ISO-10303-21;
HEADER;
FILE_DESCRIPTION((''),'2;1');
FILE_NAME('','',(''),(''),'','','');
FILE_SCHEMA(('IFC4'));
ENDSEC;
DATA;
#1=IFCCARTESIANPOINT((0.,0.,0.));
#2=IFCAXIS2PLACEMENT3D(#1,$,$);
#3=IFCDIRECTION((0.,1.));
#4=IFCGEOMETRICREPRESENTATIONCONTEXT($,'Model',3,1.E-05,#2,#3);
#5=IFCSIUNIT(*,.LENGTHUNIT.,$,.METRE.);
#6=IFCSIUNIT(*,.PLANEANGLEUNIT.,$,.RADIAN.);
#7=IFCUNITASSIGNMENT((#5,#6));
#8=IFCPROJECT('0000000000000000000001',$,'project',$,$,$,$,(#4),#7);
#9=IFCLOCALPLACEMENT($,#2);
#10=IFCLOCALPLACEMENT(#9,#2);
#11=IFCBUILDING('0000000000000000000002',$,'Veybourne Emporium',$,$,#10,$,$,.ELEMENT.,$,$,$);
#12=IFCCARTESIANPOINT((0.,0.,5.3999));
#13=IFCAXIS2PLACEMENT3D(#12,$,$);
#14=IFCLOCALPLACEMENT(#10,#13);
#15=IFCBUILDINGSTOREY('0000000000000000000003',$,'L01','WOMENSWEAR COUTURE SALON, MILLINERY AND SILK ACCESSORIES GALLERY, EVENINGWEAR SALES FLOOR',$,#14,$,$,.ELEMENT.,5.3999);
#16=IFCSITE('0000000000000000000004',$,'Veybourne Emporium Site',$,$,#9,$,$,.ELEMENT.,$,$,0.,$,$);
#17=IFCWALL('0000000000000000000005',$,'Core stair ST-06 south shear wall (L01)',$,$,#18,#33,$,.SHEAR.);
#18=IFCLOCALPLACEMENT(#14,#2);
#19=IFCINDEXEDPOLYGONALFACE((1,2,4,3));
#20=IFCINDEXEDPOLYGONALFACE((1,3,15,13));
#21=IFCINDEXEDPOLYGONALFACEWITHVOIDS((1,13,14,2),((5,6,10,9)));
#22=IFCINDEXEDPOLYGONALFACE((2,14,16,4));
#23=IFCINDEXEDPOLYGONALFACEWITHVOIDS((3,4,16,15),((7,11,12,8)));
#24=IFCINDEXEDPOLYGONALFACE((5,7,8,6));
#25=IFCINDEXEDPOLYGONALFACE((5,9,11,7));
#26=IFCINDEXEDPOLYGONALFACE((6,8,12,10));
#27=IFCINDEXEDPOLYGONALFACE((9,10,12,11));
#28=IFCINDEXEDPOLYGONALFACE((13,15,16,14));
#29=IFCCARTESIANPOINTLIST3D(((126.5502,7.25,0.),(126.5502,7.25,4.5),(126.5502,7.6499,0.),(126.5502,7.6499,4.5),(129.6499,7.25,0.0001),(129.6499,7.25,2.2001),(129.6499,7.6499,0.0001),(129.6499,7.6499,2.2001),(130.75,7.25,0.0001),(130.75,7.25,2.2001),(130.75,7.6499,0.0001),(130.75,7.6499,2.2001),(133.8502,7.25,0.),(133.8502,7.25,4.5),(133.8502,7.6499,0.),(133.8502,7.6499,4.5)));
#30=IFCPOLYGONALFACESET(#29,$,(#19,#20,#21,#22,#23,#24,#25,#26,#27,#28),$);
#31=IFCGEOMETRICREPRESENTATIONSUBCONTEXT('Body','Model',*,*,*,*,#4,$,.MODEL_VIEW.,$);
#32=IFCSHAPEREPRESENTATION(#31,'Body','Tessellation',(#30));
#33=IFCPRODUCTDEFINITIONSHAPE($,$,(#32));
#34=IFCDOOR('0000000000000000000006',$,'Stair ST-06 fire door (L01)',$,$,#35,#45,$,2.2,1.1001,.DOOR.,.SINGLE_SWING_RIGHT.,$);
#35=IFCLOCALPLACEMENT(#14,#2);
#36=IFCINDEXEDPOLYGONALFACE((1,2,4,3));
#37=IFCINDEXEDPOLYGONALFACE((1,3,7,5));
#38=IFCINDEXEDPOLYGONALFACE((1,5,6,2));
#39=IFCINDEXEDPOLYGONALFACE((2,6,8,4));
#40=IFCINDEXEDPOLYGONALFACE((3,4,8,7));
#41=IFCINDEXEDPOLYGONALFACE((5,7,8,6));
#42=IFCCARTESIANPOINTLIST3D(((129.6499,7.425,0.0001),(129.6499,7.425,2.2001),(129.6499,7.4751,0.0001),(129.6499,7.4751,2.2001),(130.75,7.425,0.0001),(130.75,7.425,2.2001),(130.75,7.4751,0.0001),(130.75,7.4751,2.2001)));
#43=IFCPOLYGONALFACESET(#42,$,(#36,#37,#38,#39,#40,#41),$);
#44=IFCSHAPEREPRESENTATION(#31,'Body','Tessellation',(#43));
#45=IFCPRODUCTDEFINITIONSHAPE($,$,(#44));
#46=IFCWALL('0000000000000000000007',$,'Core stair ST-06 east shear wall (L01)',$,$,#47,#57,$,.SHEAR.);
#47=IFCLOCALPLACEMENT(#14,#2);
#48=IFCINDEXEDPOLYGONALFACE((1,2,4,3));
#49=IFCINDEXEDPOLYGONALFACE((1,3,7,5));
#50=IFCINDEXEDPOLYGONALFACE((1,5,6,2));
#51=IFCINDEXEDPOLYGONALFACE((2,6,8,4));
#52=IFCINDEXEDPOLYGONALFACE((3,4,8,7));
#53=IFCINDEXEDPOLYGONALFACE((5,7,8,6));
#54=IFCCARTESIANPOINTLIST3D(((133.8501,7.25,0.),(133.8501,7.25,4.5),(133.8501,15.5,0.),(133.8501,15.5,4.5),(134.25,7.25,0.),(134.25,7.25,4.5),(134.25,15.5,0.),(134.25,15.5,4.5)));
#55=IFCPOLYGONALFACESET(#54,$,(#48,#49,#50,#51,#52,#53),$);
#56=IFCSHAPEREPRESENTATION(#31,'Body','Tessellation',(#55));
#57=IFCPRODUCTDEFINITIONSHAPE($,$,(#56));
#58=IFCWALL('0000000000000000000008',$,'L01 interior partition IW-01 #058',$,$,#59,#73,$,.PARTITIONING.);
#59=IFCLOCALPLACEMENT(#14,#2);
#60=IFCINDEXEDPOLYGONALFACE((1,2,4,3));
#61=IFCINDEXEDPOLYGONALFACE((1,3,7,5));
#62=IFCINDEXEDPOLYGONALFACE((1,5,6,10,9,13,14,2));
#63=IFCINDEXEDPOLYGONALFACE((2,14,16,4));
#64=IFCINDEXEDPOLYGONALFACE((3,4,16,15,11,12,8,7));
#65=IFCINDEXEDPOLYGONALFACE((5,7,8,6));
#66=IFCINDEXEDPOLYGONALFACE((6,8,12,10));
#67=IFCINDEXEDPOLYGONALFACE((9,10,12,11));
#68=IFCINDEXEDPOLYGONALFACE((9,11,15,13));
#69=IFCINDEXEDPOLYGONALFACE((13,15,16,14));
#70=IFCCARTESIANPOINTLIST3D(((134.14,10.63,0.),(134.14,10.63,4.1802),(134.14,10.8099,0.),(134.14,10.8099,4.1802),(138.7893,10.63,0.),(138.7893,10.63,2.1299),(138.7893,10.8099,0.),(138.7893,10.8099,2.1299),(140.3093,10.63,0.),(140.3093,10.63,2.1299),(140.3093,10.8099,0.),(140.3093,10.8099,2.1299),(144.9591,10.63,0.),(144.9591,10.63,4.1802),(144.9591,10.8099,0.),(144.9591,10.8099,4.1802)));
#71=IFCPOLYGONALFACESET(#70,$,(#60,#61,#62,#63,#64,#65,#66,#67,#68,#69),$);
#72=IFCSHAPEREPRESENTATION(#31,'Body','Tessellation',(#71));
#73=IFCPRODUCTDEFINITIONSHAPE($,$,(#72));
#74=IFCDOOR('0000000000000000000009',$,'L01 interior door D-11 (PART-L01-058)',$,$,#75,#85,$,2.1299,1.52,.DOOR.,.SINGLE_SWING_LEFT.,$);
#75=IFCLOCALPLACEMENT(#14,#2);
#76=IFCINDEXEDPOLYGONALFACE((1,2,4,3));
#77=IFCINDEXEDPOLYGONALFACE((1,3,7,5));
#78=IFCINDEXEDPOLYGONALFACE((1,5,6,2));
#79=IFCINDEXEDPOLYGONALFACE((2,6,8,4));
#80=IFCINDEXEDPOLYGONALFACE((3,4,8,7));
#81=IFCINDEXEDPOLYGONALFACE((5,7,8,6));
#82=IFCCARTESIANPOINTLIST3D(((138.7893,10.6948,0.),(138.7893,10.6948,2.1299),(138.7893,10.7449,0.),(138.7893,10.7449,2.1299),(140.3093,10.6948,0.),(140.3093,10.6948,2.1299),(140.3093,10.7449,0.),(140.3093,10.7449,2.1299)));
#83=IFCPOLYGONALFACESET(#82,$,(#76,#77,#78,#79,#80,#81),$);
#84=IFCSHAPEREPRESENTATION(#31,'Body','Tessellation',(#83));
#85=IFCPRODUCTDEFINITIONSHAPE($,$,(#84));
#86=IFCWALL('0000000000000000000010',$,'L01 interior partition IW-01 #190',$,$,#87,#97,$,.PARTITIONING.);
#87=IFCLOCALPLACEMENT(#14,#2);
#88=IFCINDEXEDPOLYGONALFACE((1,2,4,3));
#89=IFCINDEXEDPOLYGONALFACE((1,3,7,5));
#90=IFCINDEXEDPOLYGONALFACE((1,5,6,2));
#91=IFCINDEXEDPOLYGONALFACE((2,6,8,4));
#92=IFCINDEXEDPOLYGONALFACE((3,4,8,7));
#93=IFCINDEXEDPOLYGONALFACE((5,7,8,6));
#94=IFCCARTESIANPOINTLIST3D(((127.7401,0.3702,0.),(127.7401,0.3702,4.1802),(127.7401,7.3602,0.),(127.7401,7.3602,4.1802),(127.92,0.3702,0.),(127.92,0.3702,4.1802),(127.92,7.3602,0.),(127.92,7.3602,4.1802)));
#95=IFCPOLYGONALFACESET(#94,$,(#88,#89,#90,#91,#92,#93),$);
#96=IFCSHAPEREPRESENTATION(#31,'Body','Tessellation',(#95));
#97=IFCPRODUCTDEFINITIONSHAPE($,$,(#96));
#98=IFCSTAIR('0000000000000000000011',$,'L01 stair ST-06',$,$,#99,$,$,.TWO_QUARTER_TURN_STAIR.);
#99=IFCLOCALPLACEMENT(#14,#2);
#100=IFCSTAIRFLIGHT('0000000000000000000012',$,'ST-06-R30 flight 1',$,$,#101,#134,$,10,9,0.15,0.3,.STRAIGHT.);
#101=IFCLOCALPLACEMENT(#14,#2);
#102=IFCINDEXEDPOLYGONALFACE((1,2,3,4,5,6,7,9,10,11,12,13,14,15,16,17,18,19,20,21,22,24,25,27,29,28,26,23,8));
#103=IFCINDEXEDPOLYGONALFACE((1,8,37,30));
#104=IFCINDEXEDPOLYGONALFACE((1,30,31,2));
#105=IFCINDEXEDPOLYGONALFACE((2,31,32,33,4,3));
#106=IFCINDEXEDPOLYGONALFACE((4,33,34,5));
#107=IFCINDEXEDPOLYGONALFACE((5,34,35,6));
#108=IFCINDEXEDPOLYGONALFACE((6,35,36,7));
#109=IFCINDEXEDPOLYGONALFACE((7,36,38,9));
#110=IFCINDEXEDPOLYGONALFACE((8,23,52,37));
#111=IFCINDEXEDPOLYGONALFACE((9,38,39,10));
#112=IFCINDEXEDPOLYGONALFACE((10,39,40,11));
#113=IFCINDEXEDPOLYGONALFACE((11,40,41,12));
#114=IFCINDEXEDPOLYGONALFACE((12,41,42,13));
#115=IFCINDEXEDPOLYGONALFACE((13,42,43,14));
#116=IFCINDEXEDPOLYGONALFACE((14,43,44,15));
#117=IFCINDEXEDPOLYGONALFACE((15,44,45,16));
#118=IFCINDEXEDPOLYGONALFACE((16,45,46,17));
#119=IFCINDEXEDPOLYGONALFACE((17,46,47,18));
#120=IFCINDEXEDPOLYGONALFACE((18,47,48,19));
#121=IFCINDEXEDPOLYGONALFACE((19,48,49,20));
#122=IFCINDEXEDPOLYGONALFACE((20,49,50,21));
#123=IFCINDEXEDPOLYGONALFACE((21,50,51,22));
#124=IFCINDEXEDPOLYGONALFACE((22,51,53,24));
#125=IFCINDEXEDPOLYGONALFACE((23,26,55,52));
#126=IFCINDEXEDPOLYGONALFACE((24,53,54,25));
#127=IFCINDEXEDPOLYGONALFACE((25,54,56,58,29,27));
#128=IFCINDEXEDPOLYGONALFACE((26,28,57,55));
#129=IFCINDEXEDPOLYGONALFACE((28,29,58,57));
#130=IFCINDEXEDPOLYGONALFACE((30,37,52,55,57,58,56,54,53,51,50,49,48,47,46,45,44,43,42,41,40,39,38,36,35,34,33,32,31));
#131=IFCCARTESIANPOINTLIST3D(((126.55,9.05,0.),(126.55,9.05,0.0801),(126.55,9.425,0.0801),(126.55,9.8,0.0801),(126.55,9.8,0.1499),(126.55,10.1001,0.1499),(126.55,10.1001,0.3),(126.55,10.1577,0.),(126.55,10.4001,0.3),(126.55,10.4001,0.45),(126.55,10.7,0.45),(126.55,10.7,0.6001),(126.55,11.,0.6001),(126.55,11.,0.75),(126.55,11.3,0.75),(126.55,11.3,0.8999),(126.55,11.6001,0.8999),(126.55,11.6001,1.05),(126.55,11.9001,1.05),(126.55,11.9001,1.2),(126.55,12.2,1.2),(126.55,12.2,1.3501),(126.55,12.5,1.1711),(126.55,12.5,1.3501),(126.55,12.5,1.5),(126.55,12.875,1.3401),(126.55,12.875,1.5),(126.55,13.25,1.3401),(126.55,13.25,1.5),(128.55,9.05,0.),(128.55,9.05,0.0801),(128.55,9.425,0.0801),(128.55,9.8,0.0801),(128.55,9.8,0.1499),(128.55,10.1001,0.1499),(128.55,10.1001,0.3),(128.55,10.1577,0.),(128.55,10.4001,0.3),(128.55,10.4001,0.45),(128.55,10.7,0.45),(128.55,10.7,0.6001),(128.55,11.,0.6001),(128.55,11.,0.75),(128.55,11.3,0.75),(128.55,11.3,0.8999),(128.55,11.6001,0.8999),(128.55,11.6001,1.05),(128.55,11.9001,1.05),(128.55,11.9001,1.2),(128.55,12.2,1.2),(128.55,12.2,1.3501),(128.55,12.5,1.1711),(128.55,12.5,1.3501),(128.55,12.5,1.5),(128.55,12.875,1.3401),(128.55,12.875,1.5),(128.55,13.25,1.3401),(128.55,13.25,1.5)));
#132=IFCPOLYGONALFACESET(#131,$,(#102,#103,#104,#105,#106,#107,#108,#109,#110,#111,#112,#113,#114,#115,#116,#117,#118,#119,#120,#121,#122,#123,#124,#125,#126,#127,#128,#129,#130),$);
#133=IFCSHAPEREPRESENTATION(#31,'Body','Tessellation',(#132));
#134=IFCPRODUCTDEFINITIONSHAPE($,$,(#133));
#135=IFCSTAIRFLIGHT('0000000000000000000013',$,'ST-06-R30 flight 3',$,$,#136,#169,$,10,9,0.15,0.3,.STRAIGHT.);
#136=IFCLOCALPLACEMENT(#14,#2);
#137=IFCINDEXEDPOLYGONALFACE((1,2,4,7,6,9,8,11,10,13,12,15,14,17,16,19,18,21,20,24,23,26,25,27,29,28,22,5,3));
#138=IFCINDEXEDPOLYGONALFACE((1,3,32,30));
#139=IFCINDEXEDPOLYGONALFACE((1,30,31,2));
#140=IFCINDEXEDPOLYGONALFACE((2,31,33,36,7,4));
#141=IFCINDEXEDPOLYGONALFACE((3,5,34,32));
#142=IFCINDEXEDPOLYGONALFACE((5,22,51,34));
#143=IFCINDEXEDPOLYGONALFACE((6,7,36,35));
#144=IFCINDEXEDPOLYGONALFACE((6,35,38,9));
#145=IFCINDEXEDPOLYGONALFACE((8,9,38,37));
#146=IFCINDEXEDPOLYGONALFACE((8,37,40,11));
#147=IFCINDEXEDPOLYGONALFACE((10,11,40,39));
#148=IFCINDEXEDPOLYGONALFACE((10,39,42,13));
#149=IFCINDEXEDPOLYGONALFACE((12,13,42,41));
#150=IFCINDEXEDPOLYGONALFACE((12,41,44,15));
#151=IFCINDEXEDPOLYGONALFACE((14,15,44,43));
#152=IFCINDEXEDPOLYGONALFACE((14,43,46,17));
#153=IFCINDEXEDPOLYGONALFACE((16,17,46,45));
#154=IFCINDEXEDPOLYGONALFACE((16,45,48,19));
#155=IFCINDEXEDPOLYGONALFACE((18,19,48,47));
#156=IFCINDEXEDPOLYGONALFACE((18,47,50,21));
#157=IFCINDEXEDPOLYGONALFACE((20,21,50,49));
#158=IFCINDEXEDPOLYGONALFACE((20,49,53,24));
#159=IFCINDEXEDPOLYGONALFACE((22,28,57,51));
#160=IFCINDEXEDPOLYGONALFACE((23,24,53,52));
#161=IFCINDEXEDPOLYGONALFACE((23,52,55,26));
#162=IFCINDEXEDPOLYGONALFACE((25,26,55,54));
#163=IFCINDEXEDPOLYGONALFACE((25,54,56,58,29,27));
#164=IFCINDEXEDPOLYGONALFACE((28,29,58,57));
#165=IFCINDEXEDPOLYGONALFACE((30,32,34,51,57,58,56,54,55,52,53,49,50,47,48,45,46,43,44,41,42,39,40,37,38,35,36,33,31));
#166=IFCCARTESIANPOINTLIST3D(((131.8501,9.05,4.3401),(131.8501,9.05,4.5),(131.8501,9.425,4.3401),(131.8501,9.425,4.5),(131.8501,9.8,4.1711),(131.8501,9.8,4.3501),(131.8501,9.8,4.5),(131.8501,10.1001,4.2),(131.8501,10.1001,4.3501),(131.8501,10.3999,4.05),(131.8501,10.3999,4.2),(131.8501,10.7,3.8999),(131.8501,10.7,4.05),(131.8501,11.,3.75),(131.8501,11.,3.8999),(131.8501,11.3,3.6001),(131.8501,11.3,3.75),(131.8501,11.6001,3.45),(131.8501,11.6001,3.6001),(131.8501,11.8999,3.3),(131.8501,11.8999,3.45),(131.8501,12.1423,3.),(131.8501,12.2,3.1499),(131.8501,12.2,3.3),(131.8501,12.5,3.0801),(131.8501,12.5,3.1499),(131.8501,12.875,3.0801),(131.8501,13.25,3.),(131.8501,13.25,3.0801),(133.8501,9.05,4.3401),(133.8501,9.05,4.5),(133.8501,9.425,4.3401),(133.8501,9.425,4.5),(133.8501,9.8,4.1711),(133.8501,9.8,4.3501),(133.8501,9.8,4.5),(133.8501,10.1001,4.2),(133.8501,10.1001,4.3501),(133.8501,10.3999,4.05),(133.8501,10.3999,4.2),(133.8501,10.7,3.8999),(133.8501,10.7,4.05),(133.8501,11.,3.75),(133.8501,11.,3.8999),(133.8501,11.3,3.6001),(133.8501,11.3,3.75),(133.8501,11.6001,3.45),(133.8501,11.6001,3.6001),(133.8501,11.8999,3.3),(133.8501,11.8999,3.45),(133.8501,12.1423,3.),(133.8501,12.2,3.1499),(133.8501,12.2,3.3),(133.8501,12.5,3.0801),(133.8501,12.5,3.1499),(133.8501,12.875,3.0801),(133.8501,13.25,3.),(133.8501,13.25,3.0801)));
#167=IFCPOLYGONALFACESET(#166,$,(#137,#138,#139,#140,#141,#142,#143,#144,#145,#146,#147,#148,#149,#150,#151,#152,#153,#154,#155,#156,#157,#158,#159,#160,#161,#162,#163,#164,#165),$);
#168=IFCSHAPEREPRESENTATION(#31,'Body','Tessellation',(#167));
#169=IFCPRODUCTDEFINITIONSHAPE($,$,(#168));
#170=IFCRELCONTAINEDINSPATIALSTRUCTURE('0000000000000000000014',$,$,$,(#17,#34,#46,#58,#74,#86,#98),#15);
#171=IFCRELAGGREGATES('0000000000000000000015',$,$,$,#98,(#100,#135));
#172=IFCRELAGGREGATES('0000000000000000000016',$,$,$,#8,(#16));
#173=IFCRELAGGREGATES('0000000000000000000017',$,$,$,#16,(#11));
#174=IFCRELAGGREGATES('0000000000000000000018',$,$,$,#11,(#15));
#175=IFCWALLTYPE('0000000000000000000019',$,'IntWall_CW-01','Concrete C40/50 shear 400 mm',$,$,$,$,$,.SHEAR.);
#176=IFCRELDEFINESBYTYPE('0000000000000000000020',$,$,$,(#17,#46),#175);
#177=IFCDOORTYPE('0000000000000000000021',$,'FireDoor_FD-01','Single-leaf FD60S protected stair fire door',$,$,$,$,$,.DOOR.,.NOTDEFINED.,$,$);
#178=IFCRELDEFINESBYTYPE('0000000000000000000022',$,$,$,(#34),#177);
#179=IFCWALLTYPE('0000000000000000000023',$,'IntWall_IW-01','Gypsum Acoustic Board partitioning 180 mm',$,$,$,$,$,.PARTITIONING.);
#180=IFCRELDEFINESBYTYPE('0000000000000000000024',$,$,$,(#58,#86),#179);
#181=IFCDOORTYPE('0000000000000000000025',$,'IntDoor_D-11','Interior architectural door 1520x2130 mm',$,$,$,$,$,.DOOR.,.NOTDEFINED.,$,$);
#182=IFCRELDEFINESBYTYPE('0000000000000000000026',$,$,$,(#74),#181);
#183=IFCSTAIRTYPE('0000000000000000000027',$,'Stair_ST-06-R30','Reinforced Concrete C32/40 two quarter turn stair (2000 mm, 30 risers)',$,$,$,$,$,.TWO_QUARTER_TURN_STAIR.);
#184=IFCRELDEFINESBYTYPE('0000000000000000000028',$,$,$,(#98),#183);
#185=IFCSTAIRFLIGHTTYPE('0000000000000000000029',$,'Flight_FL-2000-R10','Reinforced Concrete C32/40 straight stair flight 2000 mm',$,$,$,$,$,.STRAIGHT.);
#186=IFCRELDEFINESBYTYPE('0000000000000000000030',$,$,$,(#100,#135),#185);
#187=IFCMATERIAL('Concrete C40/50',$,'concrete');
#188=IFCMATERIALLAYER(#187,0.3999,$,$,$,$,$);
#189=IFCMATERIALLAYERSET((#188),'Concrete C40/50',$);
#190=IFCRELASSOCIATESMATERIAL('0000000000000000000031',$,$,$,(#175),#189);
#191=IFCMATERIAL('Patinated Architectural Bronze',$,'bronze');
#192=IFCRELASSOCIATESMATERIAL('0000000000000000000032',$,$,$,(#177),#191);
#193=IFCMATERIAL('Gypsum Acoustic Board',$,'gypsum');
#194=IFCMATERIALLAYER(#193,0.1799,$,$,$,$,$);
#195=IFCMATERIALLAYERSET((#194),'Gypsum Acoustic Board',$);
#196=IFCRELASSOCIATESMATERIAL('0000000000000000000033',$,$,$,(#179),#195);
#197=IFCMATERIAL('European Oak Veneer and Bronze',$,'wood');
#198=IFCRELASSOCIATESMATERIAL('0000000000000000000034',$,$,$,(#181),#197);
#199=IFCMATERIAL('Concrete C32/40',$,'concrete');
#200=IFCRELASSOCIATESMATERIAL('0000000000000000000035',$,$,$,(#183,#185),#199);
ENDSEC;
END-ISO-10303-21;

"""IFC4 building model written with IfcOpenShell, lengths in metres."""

from ifc_helpers import new_model, si_unit, direction, frame, frame_2d, origin, place, context, subcontext, project, spatial, polyline, rectangle, outline, extrude, material, layer, layer_set, type_object, element, fill, aggregate, save


model = new_model("IFC4")

# Units and contexts
model_context = context("Model", 3, precision=1e-05, world=origin(), true_north=direction((0.0, 1.0)))
body_context = subcontext(model_context, "Body", "Model", "MODEL_VIEW")
ifc_project = project(units=[si_unit("LENGTHUNIT", "METRE"), si_unit("PLANEANGLEUNIT", "RADIAN")], contexts=[model_context])

# Site, building, storey
site_placement = place(None, origin())
site = spatial("IfcSite", under=ifc_project, at=site_placement, Name="Veybourne Emporium Site", CompositionType="ELEMENT", RefElevation=0.0)
building_placement = place(site_placement, origin())
building = spatial("IfcBuilding", under=site, at=building_placement, Name="Veybourne Emporium", CompositionType="ELEMENT")
storey_placement = place(building_placement, frame((0.0, 0.0, 5.3999)))
storey = spatial("IfcBuildingStorey", under=building, at=storey_placement, Name="L01", Description="WOMENSWEAR COUTURE SALON, MILLINERY AND SILK ACCESSORIES GALLERY, EVENINGWEAR SALES FLOOR", CompositionType="ELEMENT", Elevation=5.3999)

# Shared definitions
ifc_material_1 = material(Name="Concrete C40/50", Category="concrete")

# Shared definitions
ifc_material_2 = material(Name="Concrete C32/40", Category="concrete")

# Wall, opening, door
ifc_layer_1 = layer(ifc_material_1, 0.3999)
ifc_layer_set_1 = layer_set([ifc_layer_1], Name="Concrete C40/50")
wall_type_1 = type_object("IfcWallType", Name="IntWall_CW-01", Description="Concrete C40/50 shear 400 mm", PredefinedType="SHEAR", material=ifc_layer_set_1)
wall_1_placement = place(storey_placement, frame((133.8501, 7.45, 0.0), z_axis=(0.0, 0.0, 1.0), x_axis=(-1.0, 0.0, 0.0)))
wall_1 = element("IfcWall", 1, at=wall_1_placement, inside=storey, type_object=wall_type_1, Name="Core stair ST-06 south shear wall (L01)", PredefinedType="SHEAR", context=body_context, shape_type="SweptSolid", body=[
    extrude(rectangle(XDim=7.3, YDim=0.3999, at=frame_2d((3.6499, 0.0))), origin(), (0.0, 0.0, 1.0), 4.5),
])
opening_1_placement = place(wall_1_placement, frame((3.1001, 0.0, 0.0)))
opening_1 = element("IfcOpeningElement", 2, at=opening_1_placement, cuts=wall_1, PredefinedType="OPENING", context=body_context, shape_type="SweptSolid", body=[
    extrude(rectangle(XDim=1.1001, YDim=2.2, at=frame_2d((0.55, 1.1001))), frame((0.0, 0.22, 0.0), z_axis=(0.0, -1.0, 0.0), x_axis=(1.0, 0.0, 0.0)), (0.0, 0.0, 1.0), 0.4399),
])
ifc_material_3 = material(Name="Patinated Architectural Bronze", Category="bronze")
door_type_1 = type_object("IfcDoorType", Name="FireDoor_FD-01", Description="Single-leaf FD60S protected stair fire door", OperationType="NOTDEFINED", PredefinedType="DOOR", material=ifc_material_3)
door_1_placement = place(opening_1_placement, origin())
door_1 = element("IfcDoor", 3, at=door_1_placement, inside=storey, type_object=door_type_1, Name="Stair ST-06 fire door (L01)", OperationType="SINGLE_SWING_RIGHT", OverallHeight=2.2, OverallWidth=1.1001, PredefinedType="DOOR", context=body_context, shape_type="SweptSolid", body=[
    extrude(rectangle(XDim=1.1001, YDim=2.2, at=frame_2d((0.55, 1.1001))), frame((0.0, 0.0249, 0.0), z_axis=(0.0, -1.0, 0.0), x_axis=(1.0, 0.0, 0.0)), (0.0, 0.0, 1.0), 0.05),
])
fill(opening_1, door_1)

# Wall
wall_2_placement = place(storey_placement, frame((134.05, 7.25, 0.0), z_axis=(0.0, 0.0, 1.0), x_axis=(0.0, 1.0, 0.0)))
element("IfcWall", 4, at=wall_2_placement, inside=storey, type_object=wall_type_1, Name="Core stair ST-06 east shear wall (L01)", PredefinedType="SHEAR", context=body_context, shape_type="SweptSolid", body=[
    extrude(rectangle(XDim=8.25, YDim=0.3999, at=frame_2d((4.125, 0.0))), origin(), (0.0, 0.0, 1.0), 4.5),
])

# Wall, opening, door
ifc_material_4 = material(Name="Gypsum Acoustic Board", Category="gypsum")
ifc_layer_2 = layer(ifc_material_4, 0.1799)
ifc_layer_set_2 = layer_set([ifc_layer_2], Name="Gypsum Acoustic Board")
wall_type_2 = type_object("IfcWallType", Name="IntWall_IW-01", Description="Gypsum Acoustic Board partitioning 180 mm", PredefinedType="PARTITIONING", material=ifc_layer_set_2)
wall_3_placement = place(storey_placement, frame((134.1399, 10.72, 0.0), z_axis=(0.0, 0.0, 1.0), x_axis=(1.0, 0.0, 0.0)))
wall_3 = element("IfcWall", 5, at=wall_3_placement, inside=storey, type_object=wall_type_2, Name="L01 interior partition IW-01 #058", PredefinedType="PARTITIONING", context=body_context, shape_type="SweptSolid", body=[
    extrude(rectangle(XDim=10.8191, YDim=0.1799, at=frame_2d((5.4097, 0.0))), origin(), (0.0, 0.0, 1.0), 4.1802),
])
opening_2_placement = place(wall_3_placement, frame((4.6494, 0.0, 0.0)))
opening_2 = element("IfcOpeningElement", 6, at=opening_2_placement, cuts=wall_3, PredefinedType="OPENING", context=body_context, shape_type="SweptSolid", body=[
    extrude(rectangle(XDim=1.52, YDim=2.1299, at=frame_2d((0.76, 1.0649))), frame((0.0, 0.1099, 0.0), z_axis=(0.0, -1.0, 0.0), x_axis=(1.0, 0.0, 0.0)), (0.0, 0.0, 1.0), 0.22),
])
ifc_material_5 = material(Name="European Oak Veneer and Bronze", Category="wood")
door_type_2 = type_object("IfcDoorType", Name="IntDoor_D-11", Description="Interior architectural door 1520x2130 mm", OperationType="NOTDEFINED", PredefinedType="DOOR", material=ifc_material_5)
door_2_placement = place(opening_2_placement, origin())
door_2 = element("IfcDoor", 7, at=door_2_placement, inside=storey, type_object=door_type_2, Name="L01 interior door D-11 (PART-L01-058)", OperationType="SINGLE_SWING_LEFT", OverallHeight=2.1299, OverallWidth=1.52, PredefinedType="DOOR", context=body_context, shape_type="SweptSolid", body=[
    extrude(rectangle(XDim=1.52, YDim=2.1299, at=frame_2d((0.76, 1.0649))), frame((0.0, 0.0249, 0.0), z_axis=(0.0, -1.0, 0.0), x_axis=(1.0, 0.0, 0.0)), (0.0, 0.0, 1.0), 0.05),
])
fill(opening_2, door_2)

# Wall
wall_4_placement = place(storey_placement, frame((127.8301, 0.3701, 0.0), z_axis=(0.0, 0.0, 1.0), x_axis=(0.0, 1.0, 0.0)))
element("IfcWall", 8, at=wall_4_placement, inside=storey, type_object=wall_type_2, Name="L01 interior partition IW-01 #190", PredefinedType="PARTITIONING", context=body_context, shape_type="SweptSolid", body=[
    extrude(rectangle(XDim=6.99, YDim=0.1799, at=frame_2d((3.4951, 0.0))), origin(), (0.0, 0.0, 1.0), 4.1802),
])

# Stair, stair flights
stair_type = type_object("IfcStairType", Name="Stair_ST-06-R30", Description="Reinforced Concrete C32/40 two quarter turn stair (2000 mm, 30 risers)", PredefinedType="TWO_QUARTER_TURN_STAIR", material=ifc_material_2)
stair_placement = place(storey_placement, origin())
stair = element("IfcStair", 9, at=stair_placement, inside=storey, type_object=stair_type, Name="L01 stair ST-06", PredefinedType="TWO_QUARTER_TURN_STAIR")
stair_flight_type = type_object("IfcStairFlightType", Name="Flight_FL-2000-R10", Description="Reinforced Concrete C32/40 straight stair flight 2000 mm", PredefinedType="STRAIGHT", material=ifc_material_2)
stair_flight_1_placement = place(storey_placement, frame((127.55, 9.8, 0.0), z_axis=(0.0, 0.0, 1.0), x_axis=(0.0, 1.0, 0.0)))
stair_flight_1 = element("IfcStairFlight", 10, at=stair_flight_1_placement, type_object=stair_flight_type, Name="ST-06-R30 flight 1", NumberOfRisers=10, NumberOfTreads=9, PredefinedType="STRAIGHT", RiserHeight=0.15, TreadLength=0.3, context=body_context, shape_type="SweptSolid", body=[
    extrude(outline(polyline([(-0.75, 0.0), (-0.75, 0.0801), (-0.375, 0.0801), (0.0, 0.0801), (0.0, 0.1499), (0.3, 0.1499), (0.3, 0.3), (0.6001, 0.3), (0.6001, 0.45), (0.8999, 0.45), (0.8999, 0.6001), (1.2, 0.6001), (1.2, 0.75), (1.5, 0.75), (1.5, 0.8999), (1.8, 0.8999), (1.8, 1.05), (2.1001, 1.05), (2.1001, 1.2), (2.3999, 1.2), (2.3999, 1.3501), (2.7, 1.3501), (2.7, 1.5), (3.075, 1.5), (3.45, 1.5), (3.45, 1.3401), (3.075, 1.3401), (2.7, 1.1711), (0.3577, 0.0), (-0.75, 0.0)])), frame((0.0, 1.0, 0.0), z_axis=(0.0, -1.0, 0.0), x_axis=(1.0, 0.0, 0.0)), (0.0, 0.0, 1.0), 2.0),
])
stair_flight_2_placement = place(storey_placement, frame((132.8501, 12.5, 3.0), z_axis=(0.0, 0.0, 1.0), x_axis=(0.0, -1.0, 0.0)))
stair_flight_2 = element("IfcStairFlight", 11, at=stair_flight_2_placement, type_object=stair_flight_type, Name="ST-06-R30 flight 3", NumberOfRisers=10, NumberOfTreads=9, PredefinedType="STRAIGHT", RiserHeight=0.15, TreadLength=0.3, context=body_context, shape_type="SweptSolid", body=[
    extrude(outline(polyline([(-0.75, 0.0), (-0.75, 0.0801), (-0.375, 0.0801), (0.0, 0.0801), (0.0, 0.1499), (0.3, 0.1499), (0.3, 0.3), (0.6001, 0.3), (0.6001, 0.45), (0.8999, 0.45), (0.8999, 0.6001), (1.2, 0.6001), (1.2, 0.75), (1.5, 0.75), (1.5, 0.8999), (1.8, 0.8999), (1.8, 1.05), (2.1001, 1.05), (2.1001, 1.2), (2.3999, 1.2), (2.3999, 1.3501), (2.7, 1.3501), (2.7, 1.5), (3.075, 1.5), (3.45, 1.5), (3.45, 1.3401), (3.075, 1.3401), (2.7, 1.1711), (0.3577, 0.0), (-0.75, 0.0)])), frame((0.0, 1.0, 0.0), z_axis=(0.0, -1.0, 0.0), x_axis=(1.0, 0.0, 0.0)), (0.0, 0.0, 1.0), 2.0),
])
aggregate(stair, [stair_flight_1, stair_flight_2])

save(model, "model.ifc")
